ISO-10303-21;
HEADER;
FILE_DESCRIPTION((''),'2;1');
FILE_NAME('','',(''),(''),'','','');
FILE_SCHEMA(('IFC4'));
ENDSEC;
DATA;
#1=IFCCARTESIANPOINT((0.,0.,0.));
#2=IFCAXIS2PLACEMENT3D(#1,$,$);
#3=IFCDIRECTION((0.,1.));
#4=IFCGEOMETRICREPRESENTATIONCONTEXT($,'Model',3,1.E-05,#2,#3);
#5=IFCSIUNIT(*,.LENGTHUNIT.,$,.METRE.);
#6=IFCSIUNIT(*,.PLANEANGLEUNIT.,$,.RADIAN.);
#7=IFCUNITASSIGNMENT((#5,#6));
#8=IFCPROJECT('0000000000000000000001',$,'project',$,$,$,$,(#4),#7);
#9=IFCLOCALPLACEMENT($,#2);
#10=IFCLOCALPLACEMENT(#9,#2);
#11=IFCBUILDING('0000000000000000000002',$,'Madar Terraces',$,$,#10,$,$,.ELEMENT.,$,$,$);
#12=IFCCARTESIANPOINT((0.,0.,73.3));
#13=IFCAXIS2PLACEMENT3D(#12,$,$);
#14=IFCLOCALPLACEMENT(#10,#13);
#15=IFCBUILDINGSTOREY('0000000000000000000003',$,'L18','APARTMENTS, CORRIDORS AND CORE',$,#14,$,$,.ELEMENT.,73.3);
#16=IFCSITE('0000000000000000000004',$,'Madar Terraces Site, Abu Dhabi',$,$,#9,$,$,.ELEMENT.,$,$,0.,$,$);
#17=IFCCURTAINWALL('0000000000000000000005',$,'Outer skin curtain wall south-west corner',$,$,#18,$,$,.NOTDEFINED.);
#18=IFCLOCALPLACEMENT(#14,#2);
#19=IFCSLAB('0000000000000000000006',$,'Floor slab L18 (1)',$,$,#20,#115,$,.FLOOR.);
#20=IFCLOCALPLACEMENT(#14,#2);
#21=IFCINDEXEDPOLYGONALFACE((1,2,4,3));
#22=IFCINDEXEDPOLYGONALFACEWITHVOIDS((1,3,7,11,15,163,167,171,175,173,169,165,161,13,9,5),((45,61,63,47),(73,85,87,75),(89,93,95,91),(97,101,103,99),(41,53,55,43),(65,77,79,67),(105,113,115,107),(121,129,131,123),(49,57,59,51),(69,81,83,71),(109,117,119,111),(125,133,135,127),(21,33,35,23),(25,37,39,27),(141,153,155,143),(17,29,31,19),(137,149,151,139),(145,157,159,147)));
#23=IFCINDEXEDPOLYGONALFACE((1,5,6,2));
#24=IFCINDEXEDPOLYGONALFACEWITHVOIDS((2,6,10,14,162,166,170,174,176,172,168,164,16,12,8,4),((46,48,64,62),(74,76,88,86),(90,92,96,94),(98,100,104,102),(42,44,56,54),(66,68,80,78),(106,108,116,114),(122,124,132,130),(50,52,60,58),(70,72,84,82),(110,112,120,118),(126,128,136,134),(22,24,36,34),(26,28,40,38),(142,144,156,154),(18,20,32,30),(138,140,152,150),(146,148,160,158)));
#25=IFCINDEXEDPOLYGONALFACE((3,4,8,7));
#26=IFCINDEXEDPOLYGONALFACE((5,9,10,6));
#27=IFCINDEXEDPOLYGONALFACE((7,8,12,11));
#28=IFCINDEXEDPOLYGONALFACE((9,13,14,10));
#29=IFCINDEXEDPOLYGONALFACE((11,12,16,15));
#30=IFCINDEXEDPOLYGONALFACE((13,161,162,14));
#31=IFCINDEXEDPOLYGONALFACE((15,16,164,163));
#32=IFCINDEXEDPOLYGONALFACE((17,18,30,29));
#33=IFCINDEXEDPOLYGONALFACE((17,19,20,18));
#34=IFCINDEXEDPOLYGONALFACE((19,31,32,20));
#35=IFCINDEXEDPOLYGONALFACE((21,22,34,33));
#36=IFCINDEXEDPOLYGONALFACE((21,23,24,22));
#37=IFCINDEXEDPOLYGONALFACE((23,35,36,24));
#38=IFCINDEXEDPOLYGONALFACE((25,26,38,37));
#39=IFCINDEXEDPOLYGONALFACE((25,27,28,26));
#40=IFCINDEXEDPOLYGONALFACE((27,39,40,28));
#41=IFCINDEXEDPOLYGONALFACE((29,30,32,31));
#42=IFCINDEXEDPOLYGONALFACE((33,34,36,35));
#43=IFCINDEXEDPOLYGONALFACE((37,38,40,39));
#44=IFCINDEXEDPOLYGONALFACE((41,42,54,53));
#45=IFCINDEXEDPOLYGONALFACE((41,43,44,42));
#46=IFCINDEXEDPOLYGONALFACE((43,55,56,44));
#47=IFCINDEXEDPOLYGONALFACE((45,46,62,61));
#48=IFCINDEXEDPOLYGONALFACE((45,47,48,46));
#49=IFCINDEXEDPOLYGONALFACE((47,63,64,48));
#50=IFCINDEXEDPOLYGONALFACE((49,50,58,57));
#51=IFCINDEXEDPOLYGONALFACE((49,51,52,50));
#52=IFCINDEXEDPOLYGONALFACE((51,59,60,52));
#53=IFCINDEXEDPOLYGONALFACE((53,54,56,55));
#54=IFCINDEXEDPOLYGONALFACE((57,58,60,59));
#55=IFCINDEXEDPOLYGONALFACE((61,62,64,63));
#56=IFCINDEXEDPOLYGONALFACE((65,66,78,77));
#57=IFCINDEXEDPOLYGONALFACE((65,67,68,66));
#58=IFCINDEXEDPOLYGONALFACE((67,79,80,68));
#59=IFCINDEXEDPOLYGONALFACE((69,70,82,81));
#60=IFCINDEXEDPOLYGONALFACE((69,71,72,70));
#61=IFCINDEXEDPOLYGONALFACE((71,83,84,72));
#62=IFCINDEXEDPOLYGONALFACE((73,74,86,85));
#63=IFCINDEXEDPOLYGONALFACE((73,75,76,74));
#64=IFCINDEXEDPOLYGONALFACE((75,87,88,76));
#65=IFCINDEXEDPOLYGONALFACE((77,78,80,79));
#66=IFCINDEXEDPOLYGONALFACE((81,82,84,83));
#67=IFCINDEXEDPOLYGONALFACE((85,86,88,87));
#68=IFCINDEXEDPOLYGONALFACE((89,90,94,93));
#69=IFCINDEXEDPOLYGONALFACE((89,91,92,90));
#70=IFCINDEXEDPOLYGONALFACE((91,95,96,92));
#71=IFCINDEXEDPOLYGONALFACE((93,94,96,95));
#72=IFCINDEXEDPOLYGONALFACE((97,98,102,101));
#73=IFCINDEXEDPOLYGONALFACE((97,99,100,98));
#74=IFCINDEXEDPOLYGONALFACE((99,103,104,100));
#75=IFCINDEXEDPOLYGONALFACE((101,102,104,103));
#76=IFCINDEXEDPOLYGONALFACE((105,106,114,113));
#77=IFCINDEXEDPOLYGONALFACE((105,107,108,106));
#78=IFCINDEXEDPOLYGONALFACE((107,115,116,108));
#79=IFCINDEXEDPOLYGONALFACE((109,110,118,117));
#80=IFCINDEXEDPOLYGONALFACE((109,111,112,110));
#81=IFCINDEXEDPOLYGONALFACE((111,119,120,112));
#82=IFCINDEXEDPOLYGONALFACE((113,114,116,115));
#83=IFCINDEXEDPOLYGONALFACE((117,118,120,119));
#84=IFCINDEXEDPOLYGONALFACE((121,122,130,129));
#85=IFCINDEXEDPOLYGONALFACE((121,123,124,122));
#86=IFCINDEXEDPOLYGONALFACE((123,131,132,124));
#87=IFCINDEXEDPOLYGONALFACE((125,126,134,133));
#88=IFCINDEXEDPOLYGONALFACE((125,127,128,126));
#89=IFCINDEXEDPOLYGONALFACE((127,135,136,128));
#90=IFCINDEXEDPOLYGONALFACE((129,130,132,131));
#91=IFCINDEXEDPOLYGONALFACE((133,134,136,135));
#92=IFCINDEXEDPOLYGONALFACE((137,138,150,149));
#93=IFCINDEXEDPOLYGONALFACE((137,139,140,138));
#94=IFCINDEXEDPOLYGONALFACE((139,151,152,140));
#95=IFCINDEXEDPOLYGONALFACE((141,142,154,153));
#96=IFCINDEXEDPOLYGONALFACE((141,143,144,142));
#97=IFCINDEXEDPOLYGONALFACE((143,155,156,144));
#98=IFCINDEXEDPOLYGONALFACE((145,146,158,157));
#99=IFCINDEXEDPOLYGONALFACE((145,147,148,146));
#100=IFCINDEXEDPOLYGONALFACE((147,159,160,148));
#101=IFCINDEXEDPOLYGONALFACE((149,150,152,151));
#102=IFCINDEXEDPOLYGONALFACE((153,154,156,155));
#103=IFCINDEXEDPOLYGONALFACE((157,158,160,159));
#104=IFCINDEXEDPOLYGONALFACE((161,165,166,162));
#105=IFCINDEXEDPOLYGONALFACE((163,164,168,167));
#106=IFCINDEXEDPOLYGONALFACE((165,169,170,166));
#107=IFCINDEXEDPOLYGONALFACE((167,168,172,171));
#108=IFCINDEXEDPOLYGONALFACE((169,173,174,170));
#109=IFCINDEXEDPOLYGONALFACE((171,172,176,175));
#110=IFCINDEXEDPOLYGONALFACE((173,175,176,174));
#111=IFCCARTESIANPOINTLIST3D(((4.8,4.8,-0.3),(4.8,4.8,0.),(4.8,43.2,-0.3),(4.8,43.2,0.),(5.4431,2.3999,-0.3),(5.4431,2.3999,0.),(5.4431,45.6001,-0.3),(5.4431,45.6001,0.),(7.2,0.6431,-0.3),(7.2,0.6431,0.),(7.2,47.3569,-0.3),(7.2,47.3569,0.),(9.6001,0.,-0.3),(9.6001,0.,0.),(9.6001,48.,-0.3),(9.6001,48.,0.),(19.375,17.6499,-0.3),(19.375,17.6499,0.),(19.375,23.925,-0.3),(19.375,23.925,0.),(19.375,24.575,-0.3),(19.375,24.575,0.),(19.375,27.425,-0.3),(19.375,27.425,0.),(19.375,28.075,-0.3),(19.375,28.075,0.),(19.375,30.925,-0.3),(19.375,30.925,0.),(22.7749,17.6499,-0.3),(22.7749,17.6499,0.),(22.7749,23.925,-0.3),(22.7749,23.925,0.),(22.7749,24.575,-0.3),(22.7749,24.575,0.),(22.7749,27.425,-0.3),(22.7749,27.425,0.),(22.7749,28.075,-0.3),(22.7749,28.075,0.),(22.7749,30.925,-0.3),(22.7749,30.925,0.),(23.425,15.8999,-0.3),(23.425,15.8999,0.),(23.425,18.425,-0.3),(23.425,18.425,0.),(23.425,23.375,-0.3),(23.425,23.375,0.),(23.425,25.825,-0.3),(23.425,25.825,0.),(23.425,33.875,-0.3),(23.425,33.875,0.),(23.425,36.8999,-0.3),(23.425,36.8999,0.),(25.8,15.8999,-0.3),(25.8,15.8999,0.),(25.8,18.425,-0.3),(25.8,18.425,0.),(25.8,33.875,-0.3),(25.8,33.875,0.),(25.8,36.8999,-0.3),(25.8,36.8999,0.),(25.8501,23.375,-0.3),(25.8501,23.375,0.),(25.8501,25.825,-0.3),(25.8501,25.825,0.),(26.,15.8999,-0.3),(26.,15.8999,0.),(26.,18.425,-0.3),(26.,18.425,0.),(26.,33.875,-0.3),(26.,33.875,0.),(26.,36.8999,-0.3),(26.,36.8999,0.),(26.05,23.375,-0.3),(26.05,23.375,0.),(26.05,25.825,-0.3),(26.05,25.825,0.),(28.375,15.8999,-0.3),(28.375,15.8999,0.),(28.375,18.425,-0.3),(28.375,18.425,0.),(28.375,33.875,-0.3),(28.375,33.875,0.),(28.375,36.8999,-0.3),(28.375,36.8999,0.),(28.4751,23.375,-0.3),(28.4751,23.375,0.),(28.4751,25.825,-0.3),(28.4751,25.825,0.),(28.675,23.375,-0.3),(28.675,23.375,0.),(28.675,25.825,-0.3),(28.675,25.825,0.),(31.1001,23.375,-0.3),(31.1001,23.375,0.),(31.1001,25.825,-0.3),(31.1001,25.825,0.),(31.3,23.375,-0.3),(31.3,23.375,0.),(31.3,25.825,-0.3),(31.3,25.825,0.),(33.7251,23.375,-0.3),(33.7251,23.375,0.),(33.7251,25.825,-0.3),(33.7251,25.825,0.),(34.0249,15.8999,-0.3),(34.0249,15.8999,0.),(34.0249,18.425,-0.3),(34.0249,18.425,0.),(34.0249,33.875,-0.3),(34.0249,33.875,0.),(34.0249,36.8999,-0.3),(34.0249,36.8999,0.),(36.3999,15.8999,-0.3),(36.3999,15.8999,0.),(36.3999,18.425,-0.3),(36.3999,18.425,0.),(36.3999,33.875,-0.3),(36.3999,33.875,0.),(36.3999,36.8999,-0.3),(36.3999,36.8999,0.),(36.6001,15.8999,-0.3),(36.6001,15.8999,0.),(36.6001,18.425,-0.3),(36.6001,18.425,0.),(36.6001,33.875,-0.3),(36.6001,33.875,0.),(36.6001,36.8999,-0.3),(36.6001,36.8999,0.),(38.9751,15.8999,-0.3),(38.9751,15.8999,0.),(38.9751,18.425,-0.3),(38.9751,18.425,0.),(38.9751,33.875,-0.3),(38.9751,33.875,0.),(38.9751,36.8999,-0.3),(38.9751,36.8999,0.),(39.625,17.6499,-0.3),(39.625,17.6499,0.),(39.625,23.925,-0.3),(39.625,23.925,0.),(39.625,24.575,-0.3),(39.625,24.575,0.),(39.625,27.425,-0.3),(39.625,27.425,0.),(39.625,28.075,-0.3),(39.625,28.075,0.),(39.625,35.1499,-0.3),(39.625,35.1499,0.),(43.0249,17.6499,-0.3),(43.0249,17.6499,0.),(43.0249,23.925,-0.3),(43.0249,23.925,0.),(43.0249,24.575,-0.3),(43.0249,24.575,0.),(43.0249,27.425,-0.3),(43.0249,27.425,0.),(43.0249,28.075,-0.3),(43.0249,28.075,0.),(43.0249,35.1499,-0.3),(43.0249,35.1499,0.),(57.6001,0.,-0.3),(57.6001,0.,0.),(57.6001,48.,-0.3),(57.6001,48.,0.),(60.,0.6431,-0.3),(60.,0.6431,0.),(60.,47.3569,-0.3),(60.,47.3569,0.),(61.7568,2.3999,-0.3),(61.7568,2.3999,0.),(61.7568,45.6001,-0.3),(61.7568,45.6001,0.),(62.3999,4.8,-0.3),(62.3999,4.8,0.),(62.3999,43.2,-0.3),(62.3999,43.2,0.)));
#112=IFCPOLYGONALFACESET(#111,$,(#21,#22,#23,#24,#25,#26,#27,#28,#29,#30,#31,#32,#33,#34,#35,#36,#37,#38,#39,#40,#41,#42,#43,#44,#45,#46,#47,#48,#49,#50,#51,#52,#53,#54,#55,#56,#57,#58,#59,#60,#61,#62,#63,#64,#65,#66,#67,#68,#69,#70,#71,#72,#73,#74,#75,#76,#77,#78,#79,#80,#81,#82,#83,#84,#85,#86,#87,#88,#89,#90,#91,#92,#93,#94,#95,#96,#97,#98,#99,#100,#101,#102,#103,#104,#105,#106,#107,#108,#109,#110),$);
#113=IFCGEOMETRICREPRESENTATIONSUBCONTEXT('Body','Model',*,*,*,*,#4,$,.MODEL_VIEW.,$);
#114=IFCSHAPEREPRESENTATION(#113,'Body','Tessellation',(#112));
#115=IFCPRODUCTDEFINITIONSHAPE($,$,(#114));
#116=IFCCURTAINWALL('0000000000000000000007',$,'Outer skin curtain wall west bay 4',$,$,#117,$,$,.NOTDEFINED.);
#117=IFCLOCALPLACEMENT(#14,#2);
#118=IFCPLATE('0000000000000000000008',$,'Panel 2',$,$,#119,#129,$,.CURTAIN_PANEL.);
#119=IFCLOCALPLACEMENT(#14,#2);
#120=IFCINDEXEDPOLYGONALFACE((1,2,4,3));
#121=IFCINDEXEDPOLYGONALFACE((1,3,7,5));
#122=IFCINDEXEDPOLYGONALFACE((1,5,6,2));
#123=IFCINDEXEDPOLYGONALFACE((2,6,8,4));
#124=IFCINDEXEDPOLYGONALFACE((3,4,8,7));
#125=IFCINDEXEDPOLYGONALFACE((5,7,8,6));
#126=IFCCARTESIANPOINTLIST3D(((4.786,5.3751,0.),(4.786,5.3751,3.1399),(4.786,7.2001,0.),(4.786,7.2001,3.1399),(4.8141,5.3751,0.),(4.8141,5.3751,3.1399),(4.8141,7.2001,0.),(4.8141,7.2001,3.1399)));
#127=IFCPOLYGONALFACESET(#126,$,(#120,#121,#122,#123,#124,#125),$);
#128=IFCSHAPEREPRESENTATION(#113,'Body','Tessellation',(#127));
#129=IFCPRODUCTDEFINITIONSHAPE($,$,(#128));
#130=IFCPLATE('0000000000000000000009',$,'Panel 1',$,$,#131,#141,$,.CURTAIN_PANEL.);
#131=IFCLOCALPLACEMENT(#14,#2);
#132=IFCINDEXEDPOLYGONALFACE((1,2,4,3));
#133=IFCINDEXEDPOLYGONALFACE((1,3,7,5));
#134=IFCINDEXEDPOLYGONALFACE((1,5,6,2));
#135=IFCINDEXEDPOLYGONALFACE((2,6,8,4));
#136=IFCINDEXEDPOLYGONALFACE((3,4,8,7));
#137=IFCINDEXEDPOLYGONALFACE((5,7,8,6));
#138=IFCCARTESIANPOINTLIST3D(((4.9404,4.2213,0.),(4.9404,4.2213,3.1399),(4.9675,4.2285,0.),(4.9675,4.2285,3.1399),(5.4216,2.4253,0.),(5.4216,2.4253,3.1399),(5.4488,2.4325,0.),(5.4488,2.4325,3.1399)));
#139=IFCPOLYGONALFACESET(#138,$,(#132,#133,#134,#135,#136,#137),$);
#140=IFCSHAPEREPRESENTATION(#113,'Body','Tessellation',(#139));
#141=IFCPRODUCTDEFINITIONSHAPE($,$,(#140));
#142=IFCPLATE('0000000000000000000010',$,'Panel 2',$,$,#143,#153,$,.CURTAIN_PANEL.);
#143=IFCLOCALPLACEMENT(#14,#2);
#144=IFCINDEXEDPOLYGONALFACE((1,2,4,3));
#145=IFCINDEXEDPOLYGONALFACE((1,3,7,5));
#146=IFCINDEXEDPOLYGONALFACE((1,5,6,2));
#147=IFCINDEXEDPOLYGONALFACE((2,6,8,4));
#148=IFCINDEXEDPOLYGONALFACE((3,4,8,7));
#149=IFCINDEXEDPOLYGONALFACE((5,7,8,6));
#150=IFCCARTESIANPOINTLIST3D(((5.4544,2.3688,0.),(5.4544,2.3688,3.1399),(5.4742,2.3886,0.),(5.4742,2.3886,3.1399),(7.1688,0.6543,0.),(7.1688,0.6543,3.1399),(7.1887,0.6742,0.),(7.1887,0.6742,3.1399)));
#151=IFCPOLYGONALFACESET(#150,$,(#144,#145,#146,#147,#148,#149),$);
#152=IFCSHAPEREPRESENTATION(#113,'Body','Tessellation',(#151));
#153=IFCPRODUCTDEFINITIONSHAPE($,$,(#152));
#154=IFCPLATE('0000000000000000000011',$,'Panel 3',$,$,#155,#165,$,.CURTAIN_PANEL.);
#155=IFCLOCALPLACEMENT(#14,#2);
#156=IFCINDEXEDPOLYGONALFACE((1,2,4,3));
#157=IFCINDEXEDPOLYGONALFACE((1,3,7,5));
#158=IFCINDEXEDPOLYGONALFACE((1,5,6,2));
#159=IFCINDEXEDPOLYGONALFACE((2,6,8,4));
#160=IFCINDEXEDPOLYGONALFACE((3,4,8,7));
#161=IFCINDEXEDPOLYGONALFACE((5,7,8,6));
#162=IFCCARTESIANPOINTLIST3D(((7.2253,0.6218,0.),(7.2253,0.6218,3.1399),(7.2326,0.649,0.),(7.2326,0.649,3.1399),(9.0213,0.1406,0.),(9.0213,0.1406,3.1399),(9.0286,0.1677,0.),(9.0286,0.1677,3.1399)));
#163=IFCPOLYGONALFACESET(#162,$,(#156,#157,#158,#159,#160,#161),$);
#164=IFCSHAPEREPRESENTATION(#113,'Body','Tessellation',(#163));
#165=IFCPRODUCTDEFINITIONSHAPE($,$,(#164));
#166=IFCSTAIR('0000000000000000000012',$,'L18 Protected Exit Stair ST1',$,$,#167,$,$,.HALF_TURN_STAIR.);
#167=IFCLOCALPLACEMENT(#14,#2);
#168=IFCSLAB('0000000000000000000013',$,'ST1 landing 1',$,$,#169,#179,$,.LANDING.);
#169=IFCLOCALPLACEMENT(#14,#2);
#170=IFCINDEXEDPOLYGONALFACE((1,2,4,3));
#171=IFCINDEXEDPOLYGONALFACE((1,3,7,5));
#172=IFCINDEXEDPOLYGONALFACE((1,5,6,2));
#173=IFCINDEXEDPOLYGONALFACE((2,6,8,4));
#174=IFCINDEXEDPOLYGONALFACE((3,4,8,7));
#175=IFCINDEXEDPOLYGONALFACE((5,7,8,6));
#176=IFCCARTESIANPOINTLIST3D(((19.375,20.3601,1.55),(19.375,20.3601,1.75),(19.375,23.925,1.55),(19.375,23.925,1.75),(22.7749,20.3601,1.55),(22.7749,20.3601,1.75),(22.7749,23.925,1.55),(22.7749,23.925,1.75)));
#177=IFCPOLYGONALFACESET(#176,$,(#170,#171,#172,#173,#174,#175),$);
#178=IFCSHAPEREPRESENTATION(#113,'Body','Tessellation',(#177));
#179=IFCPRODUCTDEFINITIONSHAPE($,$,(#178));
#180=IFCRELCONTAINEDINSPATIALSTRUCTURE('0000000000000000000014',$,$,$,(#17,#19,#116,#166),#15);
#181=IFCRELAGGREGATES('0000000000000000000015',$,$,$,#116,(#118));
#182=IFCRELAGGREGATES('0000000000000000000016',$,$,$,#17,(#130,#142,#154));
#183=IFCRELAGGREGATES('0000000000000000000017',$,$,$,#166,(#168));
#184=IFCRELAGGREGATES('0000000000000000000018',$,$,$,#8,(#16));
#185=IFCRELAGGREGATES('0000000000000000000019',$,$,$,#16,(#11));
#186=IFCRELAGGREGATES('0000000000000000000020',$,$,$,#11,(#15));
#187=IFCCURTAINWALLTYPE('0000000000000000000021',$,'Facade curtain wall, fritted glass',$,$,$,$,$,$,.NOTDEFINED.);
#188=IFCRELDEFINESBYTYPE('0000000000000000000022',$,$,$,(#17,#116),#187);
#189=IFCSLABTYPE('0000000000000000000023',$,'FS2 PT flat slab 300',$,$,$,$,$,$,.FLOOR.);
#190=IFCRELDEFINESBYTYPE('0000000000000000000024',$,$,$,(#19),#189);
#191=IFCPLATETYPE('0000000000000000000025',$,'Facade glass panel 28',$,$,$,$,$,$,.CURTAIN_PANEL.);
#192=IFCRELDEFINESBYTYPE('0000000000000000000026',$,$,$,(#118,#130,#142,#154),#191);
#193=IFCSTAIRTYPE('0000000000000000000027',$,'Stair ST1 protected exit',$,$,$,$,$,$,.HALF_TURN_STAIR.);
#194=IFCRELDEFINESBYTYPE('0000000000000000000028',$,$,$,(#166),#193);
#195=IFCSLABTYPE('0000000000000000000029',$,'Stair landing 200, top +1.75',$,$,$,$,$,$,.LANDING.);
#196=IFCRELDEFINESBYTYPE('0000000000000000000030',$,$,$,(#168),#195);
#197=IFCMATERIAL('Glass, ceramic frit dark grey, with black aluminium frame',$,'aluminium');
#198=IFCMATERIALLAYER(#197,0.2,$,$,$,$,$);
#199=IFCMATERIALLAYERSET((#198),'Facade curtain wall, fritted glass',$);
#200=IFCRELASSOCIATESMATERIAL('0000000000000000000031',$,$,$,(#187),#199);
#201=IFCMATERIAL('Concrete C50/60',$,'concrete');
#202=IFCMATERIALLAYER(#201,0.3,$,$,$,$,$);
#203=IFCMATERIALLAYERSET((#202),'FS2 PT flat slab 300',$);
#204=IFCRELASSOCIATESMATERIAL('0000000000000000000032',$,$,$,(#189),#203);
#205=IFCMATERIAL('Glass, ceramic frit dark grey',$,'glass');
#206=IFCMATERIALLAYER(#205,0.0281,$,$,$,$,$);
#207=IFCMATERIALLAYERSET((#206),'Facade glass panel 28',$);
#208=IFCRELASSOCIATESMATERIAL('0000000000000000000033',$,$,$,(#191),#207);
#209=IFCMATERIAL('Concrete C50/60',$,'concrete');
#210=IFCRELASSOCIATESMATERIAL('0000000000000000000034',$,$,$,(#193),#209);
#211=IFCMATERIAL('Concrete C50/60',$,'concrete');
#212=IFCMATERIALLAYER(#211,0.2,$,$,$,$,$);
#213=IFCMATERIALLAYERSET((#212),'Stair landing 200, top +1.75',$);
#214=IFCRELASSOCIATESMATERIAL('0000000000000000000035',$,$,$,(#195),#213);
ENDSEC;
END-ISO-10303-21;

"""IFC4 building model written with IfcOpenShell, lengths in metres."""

from ifc_helpers import new_model, si_unit, direction, frame, origin, origin_2d, place, context, subcontext, project, spatial, polyline, rectangle, outline, extrude, material, layer, layer_set, type_object, element, aggregate, save


model = new_model("IFC4")

# Units and contexts
model_context = context("Model", 3, precision=1e-05, world=origin(), true_north=direction((0.0, 1.0)))
body_context = subcontext(model_context, "Body", "Model", "MODEL_VIEW")
ifc_project = project(units=[si_unit("LENGTHUNIT", "METRE"), si_unit("PLANEANGLEUNIT", "RADIAN")], contexts=[model_context])

# Site, building, storey
site_placement = place(None, origin())
site = spatial("IfcSite", under=ifc_project, at=site_placement, Name="Madar Terraces Site, Abu Dhabi", CompositionType="ELEMENT", RefElevation=0.0)
building_placement = place(site_placement, origin())
building = spatial("IfcBuilding", under=site, at=building_placement, Name="Madar Terraces", CompositionType="ELEMENT")
storey_placement = place(building_placement, frame((0.0, 0.0, 73.3)))
storey = spatial("IfcBuildingStorey", under=building, at=storey_placement, Name="L18", Description="APARTMENTS, CORRIDORS AND CORE", CompositionType="ELEMENT", Elevation=73.3)

# Curtain wall
ifc_material_1 = material(Name="Glass, ceramic frit dark grey, with black aluminium frame", Category="aluminium")
ifc_layer_1 = layer(ifc_material_1, 0.2)
ifc_layer_set_1 = layer_set([ifc_layer_1], Name="Facade curtain wall, fritted glass")
curtain_wall_type = type_object("IfcCurtainWallType", Name="Facade curtain wall, fritted glass", PredefinedType="NOTDEFINED", material=ifc_layer_set_1)
curtain_wall_1_placement = place(storey_placement, origin())
curtain_wall_1 = element("IfcCurtainWall", 1, at=curtain_wall_1_placement, inside=storey, type_object=curtain_wall_type, Name="Outer skin curtain wall south-west corner", PredefinedType="NOTDEFINED")

# Slab
ifc_material_2 = material(Name="Concrete C50/60", Category="concrete")
ifc_layer_2 = layer(ifc_material_2, 0.3)
ifc_layer_set_2 = layer_set([ifc_layer_2], Name="FS2 PT flat slab 300")
slab_type_1 = type_object("IfcSlabType", Name="FS2 PT flat slab 300", PredefinedType="FLOOR", material=ifc_layer_set_2)
slab_1_placement = place(storey_placement, frame((0.0, 0.0, -0.3)))
element("IfcSlab", 2, at=slab_1_placement, inside=storey, type_object=slab_type_1, Name="Floor slab L18 (1)", PredefinedType="FLOOR", context=body_context, shape_type="SweptSolid", body=[
    extrude(outline(polyline([(57.6001, 0.0), (60.0, 0.6431), (61.7568, 2.3999), (62.3999, 4.8), (62.3999, 43.2), (61.7568, 45.6001), (60.0, 47.3569), (57.6001, 48.0), (9.6001, 48.0), (7.2, 47.3569), (5.4431, 45.6001), (4.8, 43.2), (4.8, 4.8), (5.4431, 2.3999), (7.2, 0.6431), (9.6001, 0.0), (57.6001, 0.0)]), holes=[polyline([(23.425, 15.8999), (23.425, 18.425), (25.8, 18.425), (25.8, 15.8999), (23.425, 15.8999)]), polyline([(26.0, 15.8999), (26.0, 18.425), (28.375, 18.425), (28.375, 15.8999), (26.0, 15.8999)]), polyline([(19.375, 17.6499), (19.375, 23.925), (22.7749, 23.925), (22.7749, 17.6499), (19.375, 17.6499)]), polyline([(23.425, 23.375), (23.425, 25.825), (25.8501, 25.825), (25.8501, 23.375), (23.425, 23.375)]), polyline([(26.05, 23.375), (26.05, 25.825), (28.4751, 25.825), (28.4751, 23.375), (26.05, 23.375)]), polyline([(19.375, 24.575), (19.375, 27.425), (22.7749, 27.425), (22.7749, 24.575), (19.375, 24.575)]), polyline([(19.375, 28.075), (19.375, 30.925), (22.7749, 30.925), (22.7749, 28.075), (19.375, 28.075)]), polyline([(23.425, 36.8999), (25.8, 36.8999), (25.8, 33.875), (23.425, 33.875), (23.425, 36.8999)]), polyline([(26.0, 36.8999), (28.375, 36.8999), (28.375, 33.875), (26.0, 33.875), (26.0, 36.8999)]), polyline([(34.0249, 15.8999), (34.0249, 18.425), (36.3999, 18.425), (36.3999, 15.8999), (34.0249, 15.8999)]), polyline([(36.6001, 15.8999), (36.6001, 18.425), (38.9751, 18.425), (38.9751, 15.8999), (36.6001, 15.8999)]), polyline([(39.625, 17.6499), (39.625, 23.925), (43.0249, 23.925), (43.0249, 17.6499), (39.625, 17.6499)]), polyline([(28.675, 23.375), (28.675, 25.825), (31.1001, 25.825), (31.1001, 23.375), (28.675, 23.375)]), polyline([(31.3, 23.375), (31.3, 25.825), (33.7251, 25.825), (33.7251, 23.375), (31.3, 23.375)]), polyline([(39.625, 24.575), (39.625, 27.425), (43.0249, 27.425), (43.0249, 24.575), (39.625, 24.575)]), polyline([(39.625, 28.075), (39.625, 35.1499), (43.0249, 35.1499), (43.0249, 28.075), (39.625, 28.075)]), polyline([(34.0249, 36.8999), (36.3999, 36.8999), (36.3999, 33.875), (34.0249, 33.875), (34.0249, 36.8999)]), polyline([(36.6001, 36.8999), (38.9751, 36.8999), (38.9751, 33.875), (36.6001, 33.875), (36.6001, 36.8999)])]), origin(), (0.0, 0.0, 1.0), 0.3),
])

# Curtain wall, plate
curtain_wall_2_placement = place(storey_placement, origin())
curtain_wall_2 = element("IfcCurtainWall", 3, at=curtain_wall_2_placement, inside=storey, type_object=curtain_wall_type, Name="Outer skin curtain wall west bay 4", PredefinedType="NOTDEFINED")
ifc_material_3 = material(Name="Glass, ceramic frit dark grey", Category="glass")
ifc_layer_3 = layer(ifc_material_3, 0.0281)
ifc_layer_set_3 = layer_set([ifc_layer_3], Name="Facade glass panel 28")
plate_type = type_object("IfcPlateType", Name="Facade glass panel 28", PredefinedType="CURTAIN_PANEL", material=ifc_layer_set_3)
plate_1_placement = place(storey_placement, frame((4.8, 6.2876, 0.0), z_axis=(0.0, 0.0, 1.0), x_axis=(0.0, -1.0, 0.0)))
plate_1 = element("IfcPlate", 4, at=plate_1_placement, type_object=plate_type, Name="Panel 2", PredefinedType="CURTAIN_PANEL", context=body_context, shape_type="SweptSolid", body=[
    extrude(rectangle(XDim=1.825, YDim=0.0281, at=origin_2d()), origin(), (0.0, 0.0, 1.0), 3.1399),
])
aggregate(curtain_wall_2, [plate_1])

# Plates
plate_2_placement = place(storey_placement, frame((5.1946, 3.3269, 0.0), z_axis=(0.0, 0.0, 1.0), x_axis=(0.258819, -0.965926, 0.0)))
plate_2 = element("IfcPlate", 5, at=plate_2_placement, type_object=plate_type, Name="Panel 1", PredefinedType="CURTAIN_PANEL", context=body_context, shape_type="SweptSolid", body=[
    extrude(rectangle(XDim=1.8594, YDim=0.0281, at=origin_2d()), origin(), (0.0, 0.0, 1.0), 3.1399),
])
plate_3_placement = place(storey_placement, frame((6.3215, 1.5215, 0.0), z_axis=(0.0, 0.0, 1.0), x_axis=(0.707107, -0.707107, 0.0)))
plate_3 = element("IfcPlate", 6, at=plate_3_placement, type_object=plate_type, Name="Panel 2", PredefinedType="CURTAIN_PANEL", context=body_context, shape_type="SweptSolid", body=[
    extrude(rectangle(XDim=2.4246, YDim=0.0281, at=origin_2d()), origin(), (0.0, 0.0, 1.0), 3.1399),
])
plate_4_placement = place(storey_placement, frame((8.127, 0.3948, 0.0), z_axis=(0.0, 0.0, 1.0), x_axis=(0.965926, -0.258819, 0.0)))
plate_4 = element("IfcPlate", 7, at=plate_4_placement, type_object=plate_type, Name="Panel 3", PredefinedType="CURTAIN_PANEL", context=body_context, shape_type="SweptSolid", body=[
    extrude(rectangle(XDim=1.8594, YDim=0.0281, at=origin_2d()), origin(), (0.0, 0.0, 1.0), 3.1399),
])
aggregate(curtain_wall_1, [plate_2, plate_3, plate_4])

# Stair, slab
ifc_material_4 = material(Name="Concrete C50/60", Category="concrete")
stair_type_1 = type_object("IfcStairType", Name="Stair ST1 protected exit", PredefinedType="HALF_TURN_STAIR", material=ifc_material_4)
stair_1_placement = place(storey_placement, origin())
stair_1 = element("IfcStair", 8, at=stair_1_placement, inside=storey, type_object=stair_type_1, Name="L18 Protected Exit Stair ST1", PredefinedType="HALF_TURN_STAIR")
ifc_material_5 = material(Name="Concrete C50/60", Category="concrete")
ifc_layer_4 = layer(ifc_material_5, 0.2)
ifc_layer_set_4 = layer_set([ifc_layer_4], Name="Stair landing 200, top +1.75")
slab_type_2 = type_object("IfcSlabType", Name="Stair landing 200, top +1.75", PredefinedType="LANDING", material=ifc_layer_set_4)
slab_2_placement = place(storey_placement, frame((0.0, 0.0, 1.55)))
slab_2 = element("IfcSlab", 9, at=slab_2_placement, type_object=slab_type_2, Name="ST1 landing 1", PredefinedType="LANDING", context=body_context, shape_type="SweptSolid", body=[
    extrude(outline(polyline([(19.375, 20.3601), (22.7749, 20.3601), (22.7749, 23.925), (19.375, 23.925), (19.375, 20.3601)])), origin(), (0.0, 0.0, 1.0), 0.2),
])
aggregate(stair_1, [slab_2])

save(model, "model.ifc")
